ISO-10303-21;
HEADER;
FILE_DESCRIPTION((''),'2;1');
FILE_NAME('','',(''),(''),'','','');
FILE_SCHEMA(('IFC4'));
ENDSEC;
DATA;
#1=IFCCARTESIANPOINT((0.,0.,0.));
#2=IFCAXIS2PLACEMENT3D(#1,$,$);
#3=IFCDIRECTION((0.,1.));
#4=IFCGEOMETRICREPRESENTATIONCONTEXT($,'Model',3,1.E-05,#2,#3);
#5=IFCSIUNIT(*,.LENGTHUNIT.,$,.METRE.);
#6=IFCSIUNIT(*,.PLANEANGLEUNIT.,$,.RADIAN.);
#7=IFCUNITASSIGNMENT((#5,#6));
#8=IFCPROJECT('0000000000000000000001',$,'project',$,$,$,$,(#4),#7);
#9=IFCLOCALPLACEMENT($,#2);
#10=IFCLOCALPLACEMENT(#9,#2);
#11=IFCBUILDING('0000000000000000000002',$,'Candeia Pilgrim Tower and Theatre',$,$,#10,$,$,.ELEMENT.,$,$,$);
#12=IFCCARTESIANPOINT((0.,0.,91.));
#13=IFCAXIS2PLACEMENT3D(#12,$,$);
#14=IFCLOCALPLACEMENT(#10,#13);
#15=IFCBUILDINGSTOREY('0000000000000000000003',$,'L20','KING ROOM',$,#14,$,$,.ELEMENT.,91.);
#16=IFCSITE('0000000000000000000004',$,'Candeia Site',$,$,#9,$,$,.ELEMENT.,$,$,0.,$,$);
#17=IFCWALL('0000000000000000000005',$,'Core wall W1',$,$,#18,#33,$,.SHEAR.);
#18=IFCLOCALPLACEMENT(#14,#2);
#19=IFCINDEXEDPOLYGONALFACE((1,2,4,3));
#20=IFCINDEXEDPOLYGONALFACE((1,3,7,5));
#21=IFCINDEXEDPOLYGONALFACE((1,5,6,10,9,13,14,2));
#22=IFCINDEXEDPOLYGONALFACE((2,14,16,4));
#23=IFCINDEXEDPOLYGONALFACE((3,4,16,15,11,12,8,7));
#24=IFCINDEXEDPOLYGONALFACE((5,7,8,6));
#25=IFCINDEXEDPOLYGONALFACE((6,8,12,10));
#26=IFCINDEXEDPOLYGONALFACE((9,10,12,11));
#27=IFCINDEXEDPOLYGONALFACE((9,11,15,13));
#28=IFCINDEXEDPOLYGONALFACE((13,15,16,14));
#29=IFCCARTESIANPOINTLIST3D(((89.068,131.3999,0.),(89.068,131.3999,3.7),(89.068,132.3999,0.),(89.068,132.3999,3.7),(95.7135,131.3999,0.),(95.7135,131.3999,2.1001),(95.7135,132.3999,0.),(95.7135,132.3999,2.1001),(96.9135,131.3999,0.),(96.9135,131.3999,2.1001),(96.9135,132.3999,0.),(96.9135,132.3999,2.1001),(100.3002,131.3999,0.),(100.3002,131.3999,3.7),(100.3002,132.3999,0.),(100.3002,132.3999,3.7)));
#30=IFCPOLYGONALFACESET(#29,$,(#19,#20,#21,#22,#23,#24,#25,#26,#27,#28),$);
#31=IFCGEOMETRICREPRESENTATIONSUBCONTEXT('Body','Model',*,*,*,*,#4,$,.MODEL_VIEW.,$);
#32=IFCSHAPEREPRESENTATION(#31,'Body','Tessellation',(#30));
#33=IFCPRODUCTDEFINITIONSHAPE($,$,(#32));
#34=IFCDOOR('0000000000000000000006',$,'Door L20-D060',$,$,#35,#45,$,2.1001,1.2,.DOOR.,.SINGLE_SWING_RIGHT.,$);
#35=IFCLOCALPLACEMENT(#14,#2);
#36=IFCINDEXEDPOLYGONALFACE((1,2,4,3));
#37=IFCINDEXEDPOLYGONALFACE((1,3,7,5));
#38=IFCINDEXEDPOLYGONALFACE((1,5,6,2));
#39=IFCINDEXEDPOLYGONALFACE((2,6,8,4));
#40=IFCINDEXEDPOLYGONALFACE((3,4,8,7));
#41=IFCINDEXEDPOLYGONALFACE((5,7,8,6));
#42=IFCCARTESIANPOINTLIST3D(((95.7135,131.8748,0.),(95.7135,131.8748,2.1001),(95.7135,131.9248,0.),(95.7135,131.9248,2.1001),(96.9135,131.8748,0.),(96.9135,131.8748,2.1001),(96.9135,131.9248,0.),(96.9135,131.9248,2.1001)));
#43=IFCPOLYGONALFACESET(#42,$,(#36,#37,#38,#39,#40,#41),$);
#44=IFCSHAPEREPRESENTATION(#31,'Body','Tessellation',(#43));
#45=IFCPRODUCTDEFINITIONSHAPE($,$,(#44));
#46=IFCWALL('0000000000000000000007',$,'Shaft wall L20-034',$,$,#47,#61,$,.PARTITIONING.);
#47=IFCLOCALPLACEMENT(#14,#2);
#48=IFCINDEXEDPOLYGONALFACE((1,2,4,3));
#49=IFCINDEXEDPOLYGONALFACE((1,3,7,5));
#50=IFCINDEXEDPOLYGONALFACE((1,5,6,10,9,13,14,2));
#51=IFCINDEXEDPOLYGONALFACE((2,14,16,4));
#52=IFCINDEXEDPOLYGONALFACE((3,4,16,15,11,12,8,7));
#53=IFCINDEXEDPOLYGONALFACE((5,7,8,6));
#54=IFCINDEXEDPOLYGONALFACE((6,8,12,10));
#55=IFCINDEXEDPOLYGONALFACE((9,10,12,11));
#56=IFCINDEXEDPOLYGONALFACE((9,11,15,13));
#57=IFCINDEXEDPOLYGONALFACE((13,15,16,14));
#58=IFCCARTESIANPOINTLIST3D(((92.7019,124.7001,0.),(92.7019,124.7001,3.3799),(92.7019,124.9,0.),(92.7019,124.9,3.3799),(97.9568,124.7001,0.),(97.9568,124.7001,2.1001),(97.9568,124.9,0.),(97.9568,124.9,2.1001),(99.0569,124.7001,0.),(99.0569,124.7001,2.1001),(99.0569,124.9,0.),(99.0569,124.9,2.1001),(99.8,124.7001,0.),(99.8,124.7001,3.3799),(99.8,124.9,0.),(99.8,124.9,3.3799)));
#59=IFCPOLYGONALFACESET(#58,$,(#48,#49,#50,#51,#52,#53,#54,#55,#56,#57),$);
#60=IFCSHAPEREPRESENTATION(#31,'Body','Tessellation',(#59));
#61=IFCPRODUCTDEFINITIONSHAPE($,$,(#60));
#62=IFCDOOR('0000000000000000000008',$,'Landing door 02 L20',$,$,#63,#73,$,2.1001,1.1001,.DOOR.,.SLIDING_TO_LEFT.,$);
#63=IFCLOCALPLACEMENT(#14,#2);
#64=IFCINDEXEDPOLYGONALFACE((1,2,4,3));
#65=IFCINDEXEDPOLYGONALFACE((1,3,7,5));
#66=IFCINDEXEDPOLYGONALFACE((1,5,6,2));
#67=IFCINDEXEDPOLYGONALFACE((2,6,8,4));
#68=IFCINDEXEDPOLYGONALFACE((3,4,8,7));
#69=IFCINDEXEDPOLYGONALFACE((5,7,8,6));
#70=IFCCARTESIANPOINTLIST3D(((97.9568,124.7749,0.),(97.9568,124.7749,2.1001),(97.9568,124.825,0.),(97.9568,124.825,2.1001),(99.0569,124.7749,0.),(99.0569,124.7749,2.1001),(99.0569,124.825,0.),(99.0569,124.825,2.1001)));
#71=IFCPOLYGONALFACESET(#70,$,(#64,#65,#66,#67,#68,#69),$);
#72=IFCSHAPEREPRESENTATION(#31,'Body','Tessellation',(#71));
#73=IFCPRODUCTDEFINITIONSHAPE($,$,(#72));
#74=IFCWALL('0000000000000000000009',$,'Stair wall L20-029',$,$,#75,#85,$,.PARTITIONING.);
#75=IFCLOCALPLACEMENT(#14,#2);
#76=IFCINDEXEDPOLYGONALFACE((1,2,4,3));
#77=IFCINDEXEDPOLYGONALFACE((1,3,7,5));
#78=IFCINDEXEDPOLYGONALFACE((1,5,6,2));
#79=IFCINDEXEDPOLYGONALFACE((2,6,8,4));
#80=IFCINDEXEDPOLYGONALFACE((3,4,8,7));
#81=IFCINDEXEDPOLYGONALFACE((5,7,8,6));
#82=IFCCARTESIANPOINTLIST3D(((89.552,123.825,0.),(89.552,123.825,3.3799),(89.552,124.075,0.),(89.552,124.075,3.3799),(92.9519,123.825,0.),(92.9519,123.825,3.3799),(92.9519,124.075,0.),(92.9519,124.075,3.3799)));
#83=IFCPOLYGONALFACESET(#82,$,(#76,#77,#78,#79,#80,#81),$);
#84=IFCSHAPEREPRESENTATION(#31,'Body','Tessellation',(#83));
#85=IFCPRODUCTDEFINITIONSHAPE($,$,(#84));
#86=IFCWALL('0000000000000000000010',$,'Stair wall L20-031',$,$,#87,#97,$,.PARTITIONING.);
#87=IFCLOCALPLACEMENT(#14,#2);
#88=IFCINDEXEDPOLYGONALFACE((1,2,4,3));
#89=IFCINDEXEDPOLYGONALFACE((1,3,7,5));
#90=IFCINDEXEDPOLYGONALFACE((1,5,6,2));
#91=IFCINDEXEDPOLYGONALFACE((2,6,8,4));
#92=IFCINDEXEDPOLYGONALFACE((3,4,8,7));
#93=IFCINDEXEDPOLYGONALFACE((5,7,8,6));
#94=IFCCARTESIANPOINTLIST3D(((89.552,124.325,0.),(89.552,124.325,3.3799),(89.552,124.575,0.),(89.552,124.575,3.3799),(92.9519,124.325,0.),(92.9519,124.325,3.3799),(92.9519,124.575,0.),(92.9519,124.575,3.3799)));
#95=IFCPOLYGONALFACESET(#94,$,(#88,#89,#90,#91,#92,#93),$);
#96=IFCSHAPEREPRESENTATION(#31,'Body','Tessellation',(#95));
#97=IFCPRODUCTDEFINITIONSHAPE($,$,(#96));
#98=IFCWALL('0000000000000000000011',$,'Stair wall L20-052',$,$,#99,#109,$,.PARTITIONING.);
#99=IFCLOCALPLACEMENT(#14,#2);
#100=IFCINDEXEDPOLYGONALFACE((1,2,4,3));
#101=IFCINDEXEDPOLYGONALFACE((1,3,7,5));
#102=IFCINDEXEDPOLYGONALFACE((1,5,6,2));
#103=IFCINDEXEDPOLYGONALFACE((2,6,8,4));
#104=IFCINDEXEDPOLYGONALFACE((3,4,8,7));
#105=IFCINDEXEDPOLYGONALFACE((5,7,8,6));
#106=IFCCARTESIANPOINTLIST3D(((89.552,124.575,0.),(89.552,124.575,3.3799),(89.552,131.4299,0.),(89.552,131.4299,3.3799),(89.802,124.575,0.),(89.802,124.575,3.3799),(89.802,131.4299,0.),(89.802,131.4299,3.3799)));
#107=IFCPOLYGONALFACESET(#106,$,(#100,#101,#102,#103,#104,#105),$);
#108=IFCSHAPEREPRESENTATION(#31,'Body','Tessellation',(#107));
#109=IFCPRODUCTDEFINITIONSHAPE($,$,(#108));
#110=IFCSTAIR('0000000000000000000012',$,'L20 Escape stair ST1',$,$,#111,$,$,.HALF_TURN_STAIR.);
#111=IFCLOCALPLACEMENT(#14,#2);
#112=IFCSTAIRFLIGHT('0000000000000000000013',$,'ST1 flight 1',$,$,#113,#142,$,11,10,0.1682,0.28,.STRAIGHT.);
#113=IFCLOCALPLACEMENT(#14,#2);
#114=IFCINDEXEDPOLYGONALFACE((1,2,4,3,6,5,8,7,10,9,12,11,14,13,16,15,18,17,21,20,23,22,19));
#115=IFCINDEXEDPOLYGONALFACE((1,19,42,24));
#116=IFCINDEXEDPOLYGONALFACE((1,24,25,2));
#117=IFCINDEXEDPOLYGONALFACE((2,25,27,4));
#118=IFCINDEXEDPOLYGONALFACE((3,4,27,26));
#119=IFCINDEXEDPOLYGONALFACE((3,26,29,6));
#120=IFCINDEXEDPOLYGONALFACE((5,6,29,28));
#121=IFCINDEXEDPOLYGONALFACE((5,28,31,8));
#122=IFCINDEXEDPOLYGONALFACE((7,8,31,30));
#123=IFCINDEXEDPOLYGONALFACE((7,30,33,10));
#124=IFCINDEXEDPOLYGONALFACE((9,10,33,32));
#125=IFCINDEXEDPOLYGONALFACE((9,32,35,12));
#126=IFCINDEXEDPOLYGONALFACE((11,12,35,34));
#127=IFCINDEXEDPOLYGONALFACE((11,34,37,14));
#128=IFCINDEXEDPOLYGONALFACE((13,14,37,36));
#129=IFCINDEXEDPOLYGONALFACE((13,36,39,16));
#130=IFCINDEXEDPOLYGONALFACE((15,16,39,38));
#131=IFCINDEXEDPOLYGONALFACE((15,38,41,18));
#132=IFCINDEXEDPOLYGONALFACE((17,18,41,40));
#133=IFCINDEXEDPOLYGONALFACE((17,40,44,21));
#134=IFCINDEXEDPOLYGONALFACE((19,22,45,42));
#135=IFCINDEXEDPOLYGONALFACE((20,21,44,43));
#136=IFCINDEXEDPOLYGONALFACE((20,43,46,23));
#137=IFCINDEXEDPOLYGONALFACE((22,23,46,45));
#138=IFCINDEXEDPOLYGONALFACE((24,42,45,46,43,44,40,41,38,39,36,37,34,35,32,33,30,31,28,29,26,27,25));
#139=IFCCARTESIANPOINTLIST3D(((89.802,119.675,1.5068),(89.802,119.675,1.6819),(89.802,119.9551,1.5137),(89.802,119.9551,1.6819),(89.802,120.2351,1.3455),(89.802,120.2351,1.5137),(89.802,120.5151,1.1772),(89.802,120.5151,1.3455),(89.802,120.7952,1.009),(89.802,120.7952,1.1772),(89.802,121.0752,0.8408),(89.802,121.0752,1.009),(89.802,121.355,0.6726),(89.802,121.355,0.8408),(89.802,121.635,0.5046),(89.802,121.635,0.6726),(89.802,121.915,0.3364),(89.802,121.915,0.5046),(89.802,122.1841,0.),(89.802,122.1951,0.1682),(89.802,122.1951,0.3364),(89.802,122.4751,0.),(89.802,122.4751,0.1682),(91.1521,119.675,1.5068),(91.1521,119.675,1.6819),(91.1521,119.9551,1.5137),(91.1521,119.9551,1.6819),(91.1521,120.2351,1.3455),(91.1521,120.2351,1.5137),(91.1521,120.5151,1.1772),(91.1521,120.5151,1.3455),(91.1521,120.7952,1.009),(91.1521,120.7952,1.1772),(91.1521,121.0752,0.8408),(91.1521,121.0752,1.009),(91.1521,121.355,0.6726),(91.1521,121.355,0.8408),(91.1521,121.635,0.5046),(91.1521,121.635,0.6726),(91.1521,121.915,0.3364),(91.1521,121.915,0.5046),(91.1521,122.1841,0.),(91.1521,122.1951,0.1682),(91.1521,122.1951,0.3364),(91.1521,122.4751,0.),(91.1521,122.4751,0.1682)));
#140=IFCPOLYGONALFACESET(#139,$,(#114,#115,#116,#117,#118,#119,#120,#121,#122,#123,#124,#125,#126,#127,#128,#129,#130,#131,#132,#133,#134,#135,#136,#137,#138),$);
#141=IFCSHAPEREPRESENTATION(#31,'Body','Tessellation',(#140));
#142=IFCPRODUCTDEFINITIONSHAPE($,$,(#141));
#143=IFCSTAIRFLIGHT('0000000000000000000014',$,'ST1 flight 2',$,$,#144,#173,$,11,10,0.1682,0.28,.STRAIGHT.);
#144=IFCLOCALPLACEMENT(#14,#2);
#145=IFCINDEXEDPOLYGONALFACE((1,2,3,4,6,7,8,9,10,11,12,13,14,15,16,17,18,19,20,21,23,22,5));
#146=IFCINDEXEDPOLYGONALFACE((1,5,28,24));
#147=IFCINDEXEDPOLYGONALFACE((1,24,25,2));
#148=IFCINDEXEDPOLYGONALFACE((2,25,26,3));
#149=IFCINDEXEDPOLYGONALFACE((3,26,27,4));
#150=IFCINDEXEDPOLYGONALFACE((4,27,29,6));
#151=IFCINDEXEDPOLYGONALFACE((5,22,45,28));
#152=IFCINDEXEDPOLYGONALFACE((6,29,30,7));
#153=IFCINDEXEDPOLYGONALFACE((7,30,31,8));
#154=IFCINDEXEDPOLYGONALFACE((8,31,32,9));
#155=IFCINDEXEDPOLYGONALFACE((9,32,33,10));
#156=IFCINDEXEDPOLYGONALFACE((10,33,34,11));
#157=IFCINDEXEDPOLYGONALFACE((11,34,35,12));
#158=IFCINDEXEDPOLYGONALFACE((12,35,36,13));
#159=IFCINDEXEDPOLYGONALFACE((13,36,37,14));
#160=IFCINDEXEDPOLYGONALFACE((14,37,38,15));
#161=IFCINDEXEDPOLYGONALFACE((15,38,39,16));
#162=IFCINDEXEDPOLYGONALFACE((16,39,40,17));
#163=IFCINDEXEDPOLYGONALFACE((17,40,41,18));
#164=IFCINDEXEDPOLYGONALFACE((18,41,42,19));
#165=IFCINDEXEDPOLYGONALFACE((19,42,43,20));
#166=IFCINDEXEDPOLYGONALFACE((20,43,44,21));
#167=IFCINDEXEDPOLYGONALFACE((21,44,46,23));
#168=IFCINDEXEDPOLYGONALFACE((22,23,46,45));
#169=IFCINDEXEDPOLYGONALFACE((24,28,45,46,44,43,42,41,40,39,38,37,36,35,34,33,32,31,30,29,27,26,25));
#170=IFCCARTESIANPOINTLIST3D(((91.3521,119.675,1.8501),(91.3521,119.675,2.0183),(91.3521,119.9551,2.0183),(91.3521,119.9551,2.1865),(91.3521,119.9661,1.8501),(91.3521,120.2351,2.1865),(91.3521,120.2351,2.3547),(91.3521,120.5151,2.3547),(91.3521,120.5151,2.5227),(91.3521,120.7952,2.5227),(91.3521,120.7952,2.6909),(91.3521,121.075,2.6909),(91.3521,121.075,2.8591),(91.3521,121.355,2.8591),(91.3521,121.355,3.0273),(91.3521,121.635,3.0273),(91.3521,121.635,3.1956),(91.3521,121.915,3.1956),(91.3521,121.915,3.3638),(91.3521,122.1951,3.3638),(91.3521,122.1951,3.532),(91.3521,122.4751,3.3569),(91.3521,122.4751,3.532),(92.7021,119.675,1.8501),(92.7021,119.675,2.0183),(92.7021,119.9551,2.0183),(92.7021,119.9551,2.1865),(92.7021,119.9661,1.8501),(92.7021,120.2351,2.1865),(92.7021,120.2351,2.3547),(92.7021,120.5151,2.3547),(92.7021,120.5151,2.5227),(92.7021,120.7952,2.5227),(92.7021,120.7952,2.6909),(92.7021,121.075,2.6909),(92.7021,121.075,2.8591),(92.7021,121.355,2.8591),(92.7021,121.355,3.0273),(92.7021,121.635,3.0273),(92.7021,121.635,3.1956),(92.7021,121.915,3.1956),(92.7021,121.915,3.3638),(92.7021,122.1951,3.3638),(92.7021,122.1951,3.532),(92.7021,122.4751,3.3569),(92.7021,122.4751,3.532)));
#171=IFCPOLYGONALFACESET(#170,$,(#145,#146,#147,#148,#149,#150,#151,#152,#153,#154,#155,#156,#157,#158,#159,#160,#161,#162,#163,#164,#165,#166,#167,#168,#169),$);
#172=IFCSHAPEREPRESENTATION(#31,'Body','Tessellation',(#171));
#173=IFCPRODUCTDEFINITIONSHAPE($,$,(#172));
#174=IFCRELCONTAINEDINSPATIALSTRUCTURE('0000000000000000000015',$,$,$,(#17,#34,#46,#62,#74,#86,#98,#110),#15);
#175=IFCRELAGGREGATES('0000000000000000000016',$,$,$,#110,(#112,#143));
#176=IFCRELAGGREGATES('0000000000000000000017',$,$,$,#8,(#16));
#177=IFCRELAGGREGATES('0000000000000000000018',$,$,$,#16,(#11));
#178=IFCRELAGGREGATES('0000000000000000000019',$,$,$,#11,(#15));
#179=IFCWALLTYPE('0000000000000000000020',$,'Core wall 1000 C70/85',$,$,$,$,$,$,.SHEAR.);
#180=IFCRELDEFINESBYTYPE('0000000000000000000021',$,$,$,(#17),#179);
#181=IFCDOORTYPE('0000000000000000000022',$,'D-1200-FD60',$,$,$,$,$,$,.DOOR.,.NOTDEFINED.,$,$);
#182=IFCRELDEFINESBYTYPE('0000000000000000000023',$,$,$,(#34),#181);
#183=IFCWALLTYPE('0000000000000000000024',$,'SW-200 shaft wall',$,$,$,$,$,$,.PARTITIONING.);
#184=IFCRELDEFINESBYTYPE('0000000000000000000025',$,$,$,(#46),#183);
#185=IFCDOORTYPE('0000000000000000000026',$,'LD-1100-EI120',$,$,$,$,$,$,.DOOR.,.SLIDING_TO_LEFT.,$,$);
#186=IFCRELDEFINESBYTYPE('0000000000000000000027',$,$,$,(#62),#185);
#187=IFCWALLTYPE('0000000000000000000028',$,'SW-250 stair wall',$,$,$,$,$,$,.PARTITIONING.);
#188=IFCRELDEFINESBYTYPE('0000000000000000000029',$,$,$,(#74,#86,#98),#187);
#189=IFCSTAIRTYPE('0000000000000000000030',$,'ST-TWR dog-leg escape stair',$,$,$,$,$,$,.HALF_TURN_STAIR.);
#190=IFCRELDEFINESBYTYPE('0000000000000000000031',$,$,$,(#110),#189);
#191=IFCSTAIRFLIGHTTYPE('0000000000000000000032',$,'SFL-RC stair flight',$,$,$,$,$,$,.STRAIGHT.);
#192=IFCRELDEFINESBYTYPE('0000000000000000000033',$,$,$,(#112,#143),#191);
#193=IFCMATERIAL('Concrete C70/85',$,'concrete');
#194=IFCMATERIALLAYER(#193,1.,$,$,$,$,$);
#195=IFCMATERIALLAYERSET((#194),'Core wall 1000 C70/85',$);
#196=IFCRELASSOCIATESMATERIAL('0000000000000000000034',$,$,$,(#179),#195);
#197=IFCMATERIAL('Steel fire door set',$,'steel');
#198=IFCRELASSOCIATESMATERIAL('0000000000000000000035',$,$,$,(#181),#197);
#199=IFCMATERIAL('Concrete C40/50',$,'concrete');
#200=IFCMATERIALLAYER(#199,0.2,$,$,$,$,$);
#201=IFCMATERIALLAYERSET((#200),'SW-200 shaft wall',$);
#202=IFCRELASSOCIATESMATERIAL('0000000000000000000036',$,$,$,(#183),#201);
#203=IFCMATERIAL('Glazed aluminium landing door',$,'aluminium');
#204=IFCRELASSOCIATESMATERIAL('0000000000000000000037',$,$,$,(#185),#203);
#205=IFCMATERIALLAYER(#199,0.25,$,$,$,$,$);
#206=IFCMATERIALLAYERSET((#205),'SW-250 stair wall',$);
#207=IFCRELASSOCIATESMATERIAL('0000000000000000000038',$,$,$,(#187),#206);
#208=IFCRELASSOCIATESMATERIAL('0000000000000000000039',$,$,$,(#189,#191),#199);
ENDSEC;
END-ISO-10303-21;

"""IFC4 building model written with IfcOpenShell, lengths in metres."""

from ifc_helpers import new_model, si_unit, direction, frame, frame_2d, origin, place, context, subcontext, project, spatial, polyline, rectangle, outline, extrude, material, layer, layer_set, type_object, element, fill, aggregate, save


model = new_model("IFC4")

# Units and contexts
model_context = context("Model", 3, precision=1e-05, world=origin(), true_north=direction((0.0, 1.0)))
body_context = subcontext(model_context, "Body", "Model", "MODEL_VIEW")
ifc_project = project(units=[si_unit("LENGTHUNIT", "METRE"), si_unit("PLANEANGLEUNIT", "RADIAN")], contexts=[model_context])

# Site, building, storey
site_placement = place(None, origin())
site = spatial("IfcSite", under=ifc_project, at=site_placement, Name="Candeia Site", CompositionType="ELEMENT", RefElevation=0.0)
building_placement = place(site_placement, origin())
building = spatial("IfcBuilding", under=site, at=building_placement, Name="Candeia Pilgrim Tower and Theatre", CompositionType="ELEMENT")
storey_placement = place(building_placement, frame((0.0, 0.0, 91.0)))
storey = spatial("IfcBuildingStorey", under=building, at=storey_placement, Name="L20", Description="KING ROOM", CompositionType="ELEMENT", Elevation=91.0)

# Walls, openings, doors
ifc_material_1 = material(Name="Concrete C70/85", Category="concrete")
ifc_layer_1 = layer(ifc_material_1, 1.0)
ifc_layer_set_1 = layer_set([ifc_layer_1], Name="Core wall 1000 C70/85")
wall_type_1 = type_object("IfcWallType", Name="Core wall 1000 C70/85", PredefinedType="SHEAR", material=ifc_layer_set_1)
wall_1_placement = place(storey_placement, frame((89.0679, 131.8999, 0.0), z_axis=(0.0, 0.0, 1.0), x_axis=(1.0, 0.0, 0.0)))
wall_1 = element("IfcWall", 1, at=wall_1_placement, inside=storey, type_object=wall_type_1, Name="Core wall W1", PredefinedType="SHEAR", context=body_context, shape_type="SweptSolid", body=[
    extrude(rectangle(XDim=11.2322, YDim=1.0, at=frame_2d((5.6162, 0.0))), origin(), (0.0, 0.0, 1.0), 3.7),
])
opening_1_placement = place(wall_1_placement, frame((6.6455, 0.0, 0.0)))
opening_1 = element("IfcOpeningElement", 2, at=opening_1_placement, cuts=wall_1, PredefinedType="OPENING", context=body_context, shape_type="SweptSolid", body=[
    extrude(rectangle(XDim=1.2, YDim=2.1001, at=frame_2d((0.6001, 1.05))), frame((0.0, 0.51, 0.0), z_axis=(0.0, -1.0, 0.0), x_axis=(1.0, 0.0, 0.0)), (0.0, 0.0, 1.0), 1.02),
])
ifc_material_2 = material(Name="Steel fire door set", Category="steel")
door_type_1 = type_object("IfcDoorType", Name="D-1200-FD60", OperationType="NOTDEFINED", PredefinedType="DOOR", material=ifc_material_2)
door_1_placement = place(opening_1_placement, origin())
door_1 = element("IfcDoor", 3, at=door_1_placement, inside=storey, type_object=door_type_1, Name="Door L20-D060", OperationType="SINGLE_SWING_RIGHT", OverallHeight=2.1001, OverallWidth=1.2, PredefinedType="DOOR", context=body_context, shape_type="SweptSolid", body=[
    extrude(rectangle(XDim=1.2, YDim=2.1001, at=frame_2d((0.6001, 1.05))), frame((0.0, 0.0249, 0.0), z_axis=(0.0, -1.0, 0.0), x_axis=(1.0, 0.0, 0.0)), (0.0, 0.0, 1.0), 0.05),
])
fill(opening_1, door_1)
ifc_material_3 = material(Name="Concrete C40/50", Category="concrete")
ifc_layer_2 = layer(ifc_material_3, 0.2)
ifc_layer_set_2 = layer_set([ifc_layer_2], Name="SW-200 shaft wall")
wall_type_2 = type_object("IfcWallType", Name="SW-200 shaft wall", PredefinedType="PARTITIONING", material=ifc_layer_set_2)
wall_2_placement = place(storey_placement, frame((92.7019, 124.8, 0.0), z_axis=(0.0, 0.0, 1.0), x_axis=(1.0, 0.0, 0.0)))
wall_2 = element("IfcWall", 4, at=wall_2_placement, inside=storey, type_object=wall_type_2, Name="Shaft wall L20-034", PredefinedType="PARTITIONING", context=body_context, shape_type="SweptSolid", body=[
    extrude(rectangle(XDim=7.0981, YDim=0.2, at=frame_2d((3.5491, 0.0))), origin(), (0.0, 0.0, 1.0), 3.3799),
])
opening_2_placement = place(wall_2_placement, frame((5.2549, 0.0, 0.0)))
opening_2 = element("IfcOpeningElement", 5, at=opening_2_placement, cuts=wall_2, PredefinedType="OPENING", context=body_context, shape_type="SweptSolid", body=[
    extrude(rectangle(XDim=1.1001, YDim=2.1001, at=frame_2d((0.55, 1.05))), frame((0.0, 0.1099, 0.0), z_axis=(0.0, -1.0, 0.0), x_axis=(1.0, 0.0, 0.0)), (0.0, 0.0, 1.0), 0.22),
])
ifc_material_4 = material(Name="Glazed aluminium landing door", Category="aluminium")
door_type_2 = type_object("IfcDoorType", Name="LD-1100-EI120", OperationType="SLIDING_TO_LEFT", PredefinedType="DOOR", material=ifc_material_4)
door_2_placement = place(opening_2_placement, origin())
door_2 = element("IfcDoor", 6, at=door_2_placement, inside=storey, type_object=door_type_2, Name="Landing door 02 L20", OperationType="SLIDING_TO_LEFT", OverallHeight=2.1001, OverallWidth=1.1001, PredefinedType="DOOR", context=body_context, shape_type="SweptSolid", body=[
    extrude(rectangle(XDim=1.1001, YDim=2.1001, at=frame_2d((0.55, 1.05))), frame((0.0, 0.0249, 0.0), z_axis=(0.0, -1.0, 0.0), x_axis=(1.0, 0.0, 0.0)), (0.0, 0.0, 1.0), 0.05),
])
fill(opening_2, door_2)

# Walls
ifc_layer_3 = layer(ifc_material_3, 0.25)
ifc_layer_set_3 = layer_set([ifc_layer_3], Name="SW-250 stair wall")
wall_type_3 = type_object("IfcWallType", Name="SW-250 stair wall", PredefinedType="PARTITIONING", material=ifc_layer_set_3)
for number, where, z_axis, x_axis, name in (
    (7, (89.552, 123.95, 0.0), (0.0, 0.0, 1.0), (1.0, 0.0, 0.0), "Stair wall L20-029"),
    (8, (89.552, 124.45, 0.0), (0.0, 0.0, 1.0), (1.0, 0.0, 0.0), "Stair wall L20-031"),
):
    element("IfcWall", number, at=place(storey_placement, frame(where, z_axis=z_axis, x_axis=x_axis)), inside=storey, type_object=wall_type_3, Name=name, PredefinedType="PARTITIONING", context=body_context, shape_type="SweptSolid", body=[
        extrude(rectangle(XDim=3.3999, YDim=0.25, at=frame_2d((1.7, 0.0))), origin(), (0.0, 0.0, 1.0), 3.3799),
    ])
wall_3_placement = place(storey_placement, frame((89.677, 124.575, 0.0), z_axis=(0.0, 0.0, 1.0), x_axis=(0.0, 1.0, 0.0)))
element("IfcWall", 9, at=wall_3_placement, inside=storey, type_object=wall_type_3, Name="Stair wall L20-052", PredefinedType="PARTITIONING", context=body_context, shape_type="SweptSolid", body=[
    extrude(rectangle(XDim=6.855, YDim=0.25, at=frame_2d((3.4275, 0.0))), origin(), (0.0, 0.0, 1.0), 3.3799),
])

# Stair, stair flights
stair_type = type_object("IfcStairType", Name="ST-TWR dog-leg escape stair", PredefinedType="HALF_TURN_STAIR", material=ifc_material_3)
stair_1_placement = place(storey_placement, origin())
stair_1 = element("IfcStair", 10, at=stair_1_placement, inside=storey, type_object=stair_type, Name="L20 Escape stair ST1", PredefinedType="HALF_TURN_STAIR")
stair_flight_type = type_object("IfcStairFlightType", Name="SFL-RC stair flight", PredefinedType="STRAIGHT", material=ifc_material_3)
stair_flight_1_placement = place(storey_placement, frame((90.4771, 122.4751, 0.0), z_axis=(0.0, 0.0, 1.0), x_axis=(0.0, -1.0, 0.0)))
stair_flight_1 = element("IfcStairFlight", 11, at=stair_flight_1_placement, type_object=stair_flight_type, Name="ST1 flight 1", NumberOfRisers=11, NumberOfTreads=10, PredefinedType="STRAIGHT", RiserHeight=0.1682, TreadLength=0.28, context=body_context, shape_type="SweptSolid", body=[
    extrude(outline(polyline([(0.0, 0.0), (0.0, 0.1682), (0.28, 0.1682), (0.28, 0.3364), (0.5601, 0.3364), (0.5601, 0.5046), (0.8401, 0.5046), (0.8401, 0.6726), (1.1201, 0.6726), (1.1201, 0.8408), (1.3999, 0.8408), (1.3999, 1.009), (1.6799, 1.009), (1.6799, 1.1772), (1.96, 1.1772), (1.96, 1.3455), (2.24, 1.3455), (2.24, 1.5137), (2.52, 1.5137), (2.52, 1.6819), (2.8, 1.6819), (2.8, 1.8501), (2.8, 1.5068), (0.291, 0.0), (0.0, 0.0)])), frame((0.0, 0.675, 0.0), z_axis=(0.0, -1.0, 0.0), x_axis=(1.0, 0.0, 0.0)), (0.0, 0.0, 1.0), 1.3501),
])
stair_flight_2_placement = place(storey_placement, frame((92.0271, 119.675, 1.8501), z_axis=(0.0, 0.0, 1.0), x_axis=(0.0, 1.0, 0.0)))
stair_flight_2 = element("IfcStairFlight", 12, at=stair_flight_2_placement, type_object=stair_flight_type, Name="ST1 flight 2", NumberOfRisers=11, NumberOfTreads=10, PredefinedType="STRAIGHT", RiserHeight=0.1682, TreadLength=0.28, context=body_context, shape_type="SweptSolid", body=[
    extrude(outline(polyline([(0.0, 0.0), (0.0, 0.1682), (0.28, 0.1682), (0.28, 0.3364), (0.5601, 0.3364), (0.5601, 0.5046), (0.8401, 0.5046), (0.8401, 0.6726), (1.1201, 0.6726), (1.1201, 0.8408), (1.3999, 0.8408), (1.3999, 1.009), (1.6799, 1.009), (1.6799, 1.1772), (1.96, 1.1772), (1.96, 1.3455), (2.24, 1.3455), (2.24, 1.5137), (2.52, 1.5137), (2.52, 1.6819), (2.8, 1.6819), (2.8, 1.8501), (2.8, 1.5068), (0.291, 0.0), (0.0, 0.0)])), frame((0.0, 0.675, 0.0), z_axis=(0.0, -1.0, 0.0), x_axis=(1.0, 0.0, 0.0)), (0.0, 0.0, 1.0), 1.3501),
])
aggregate(stair_1, [stair_flight_1, stair_flight_2])

save(model, "model.ifc")
